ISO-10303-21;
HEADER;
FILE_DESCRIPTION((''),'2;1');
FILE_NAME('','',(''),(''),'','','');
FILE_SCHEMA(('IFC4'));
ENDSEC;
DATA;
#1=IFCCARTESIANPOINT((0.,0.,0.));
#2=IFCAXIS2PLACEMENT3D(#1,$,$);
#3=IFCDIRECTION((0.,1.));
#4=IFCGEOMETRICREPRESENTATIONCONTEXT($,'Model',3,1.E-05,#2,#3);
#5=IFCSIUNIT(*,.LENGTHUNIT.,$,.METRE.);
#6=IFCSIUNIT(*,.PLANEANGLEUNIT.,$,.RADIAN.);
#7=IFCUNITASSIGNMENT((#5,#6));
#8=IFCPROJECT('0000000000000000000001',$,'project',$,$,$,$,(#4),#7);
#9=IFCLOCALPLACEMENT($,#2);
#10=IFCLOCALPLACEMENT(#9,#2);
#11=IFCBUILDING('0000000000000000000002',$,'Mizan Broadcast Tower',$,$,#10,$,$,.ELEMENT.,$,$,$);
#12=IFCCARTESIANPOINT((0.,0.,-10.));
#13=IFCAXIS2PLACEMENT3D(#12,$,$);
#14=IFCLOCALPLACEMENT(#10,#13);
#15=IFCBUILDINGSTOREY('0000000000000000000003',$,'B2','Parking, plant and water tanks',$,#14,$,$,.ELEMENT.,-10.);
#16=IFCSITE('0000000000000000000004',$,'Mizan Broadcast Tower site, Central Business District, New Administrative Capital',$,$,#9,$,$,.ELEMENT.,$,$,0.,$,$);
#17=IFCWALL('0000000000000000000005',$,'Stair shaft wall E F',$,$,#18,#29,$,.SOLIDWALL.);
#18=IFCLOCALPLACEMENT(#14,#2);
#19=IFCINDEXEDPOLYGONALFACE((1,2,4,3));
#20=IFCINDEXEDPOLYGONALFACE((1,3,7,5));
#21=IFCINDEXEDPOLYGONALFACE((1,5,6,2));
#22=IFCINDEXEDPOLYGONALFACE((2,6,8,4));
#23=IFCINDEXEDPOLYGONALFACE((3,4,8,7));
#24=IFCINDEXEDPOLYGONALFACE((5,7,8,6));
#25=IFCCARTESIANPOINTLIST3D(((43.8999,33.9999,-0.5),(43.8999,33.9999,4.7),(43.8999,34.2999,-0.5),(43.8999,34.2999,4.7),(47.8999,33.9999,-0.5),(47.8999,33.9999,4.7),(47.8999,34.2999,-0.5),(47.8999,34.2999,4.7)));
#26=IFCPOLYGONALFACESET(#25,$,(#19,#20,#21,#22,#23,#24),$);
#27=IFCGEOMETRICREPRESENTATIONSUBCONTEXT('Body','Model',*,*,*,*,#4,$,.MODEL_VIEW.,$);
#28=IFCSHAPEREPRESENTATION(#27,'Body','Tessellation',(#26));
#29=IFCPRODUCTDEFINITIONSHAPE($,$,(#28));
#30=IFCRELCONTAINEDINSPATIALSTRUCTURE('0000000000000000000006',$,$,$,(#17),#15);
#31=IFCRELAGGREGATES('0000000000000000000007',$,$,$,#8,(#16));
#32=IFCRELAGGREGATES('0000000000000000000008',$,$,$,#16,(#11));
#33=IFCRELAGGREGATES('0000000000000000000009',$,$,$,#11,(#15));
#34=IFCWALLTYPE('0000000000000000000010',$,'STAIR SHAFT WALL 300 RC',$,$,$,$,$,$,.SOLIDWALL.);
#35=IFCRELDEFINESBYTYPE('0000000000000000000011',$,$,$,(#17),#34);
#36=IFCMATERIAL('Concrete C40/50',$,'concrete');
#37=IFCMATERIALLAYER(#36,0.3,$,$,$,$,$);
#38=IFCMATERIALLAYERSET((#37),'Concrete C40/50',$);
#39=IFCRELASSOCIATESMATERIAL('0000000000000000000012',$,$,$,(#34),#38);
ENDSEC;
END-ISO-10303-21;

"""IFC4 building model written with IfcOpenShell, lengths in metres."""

from ifc_helpers import new_model, si_unit, direction, frame, frame_2d, origin, place, context, subcontext, project, spatial, rectangle, extrude, material, layer, layer_set, type_object, element, save


model = new_model("IFC4")

# Units and contexts
model_context = context("Model", 3, precision=1e-05, world=origin(), true_north=direction((0.0, 1.0)))
body_context = subcontext(model_context, "Body", "Model", "MODEL_VIEW")
ifc_project = project(units=[si_unit("LENGTHUNIT", "METRE"), si_unit("PLANEANGLEUNIT", "RADIAN")], contexts=[model_context])

# Site, building, storey
site_placement = place(None, origin())
site = spatial("IfcSite", under=ifc_project, at=site_placement, Name="Mizan Broadcast Tower site, Central Business District, New Administrative Capital", CompositionType="ELEMENT", RefElevation=0.0)
building_placement = place(site_placement, origin())
building = spatial("IfcBuilding", under=site, at=building_placement, Name="Mizan Broadcast Tower", CompositionType="ELEMENT")
storey_placement = place(building_placement, frame((0.0, 0.0, -10.0)))
storey = spatial("IfcBuildingStorey", under=building, at=storey_placement, Name="B2", Description="Parking, plant and water tanks", CompositionType="ELEMENT", Elevation=-10.0)

# Shared definitions
ifc_material_1 = material(Name="Concrete C40/50", Category="concrete")
ifc_layer_1 = layer(ifc_material_1, 0.3)
ifc_layer_set_1 = layer_set([ifc_layer_1], Name="Concrete C40/50")
wall_type = type_object("IfcWallType", Name="STAIR SHAFT WALL 300 RC", PredefinedType="SOLIDWALL", material=ifc_layer_set_1)

# Wall
for number, where, z_axis, x_axis, name in (
    (1, (47.8999, 34.1499, -0.5), (0.0, 0.0, 1.0), (-1.0, 0.0, 0.0), "Stair shaft wall E F"),
):
    element("IfcWall", number, at=place(storey_placement, frame(where, z_axis=z_axis, x_axis=x_axis)), inside=storey, type_object=wall_type, Name=name, PredefinedType="SOLIDWALL", context=body_context, shape_type="SweptSolid", body=[
        extrude(rectangle(XDim=4.0, YDim=0.3, at=frame_2d((2.0, 0.0))), origin(), (0.0, 0.0, 1.0), 5.2),
    ])

save(model, "model.ifc")
